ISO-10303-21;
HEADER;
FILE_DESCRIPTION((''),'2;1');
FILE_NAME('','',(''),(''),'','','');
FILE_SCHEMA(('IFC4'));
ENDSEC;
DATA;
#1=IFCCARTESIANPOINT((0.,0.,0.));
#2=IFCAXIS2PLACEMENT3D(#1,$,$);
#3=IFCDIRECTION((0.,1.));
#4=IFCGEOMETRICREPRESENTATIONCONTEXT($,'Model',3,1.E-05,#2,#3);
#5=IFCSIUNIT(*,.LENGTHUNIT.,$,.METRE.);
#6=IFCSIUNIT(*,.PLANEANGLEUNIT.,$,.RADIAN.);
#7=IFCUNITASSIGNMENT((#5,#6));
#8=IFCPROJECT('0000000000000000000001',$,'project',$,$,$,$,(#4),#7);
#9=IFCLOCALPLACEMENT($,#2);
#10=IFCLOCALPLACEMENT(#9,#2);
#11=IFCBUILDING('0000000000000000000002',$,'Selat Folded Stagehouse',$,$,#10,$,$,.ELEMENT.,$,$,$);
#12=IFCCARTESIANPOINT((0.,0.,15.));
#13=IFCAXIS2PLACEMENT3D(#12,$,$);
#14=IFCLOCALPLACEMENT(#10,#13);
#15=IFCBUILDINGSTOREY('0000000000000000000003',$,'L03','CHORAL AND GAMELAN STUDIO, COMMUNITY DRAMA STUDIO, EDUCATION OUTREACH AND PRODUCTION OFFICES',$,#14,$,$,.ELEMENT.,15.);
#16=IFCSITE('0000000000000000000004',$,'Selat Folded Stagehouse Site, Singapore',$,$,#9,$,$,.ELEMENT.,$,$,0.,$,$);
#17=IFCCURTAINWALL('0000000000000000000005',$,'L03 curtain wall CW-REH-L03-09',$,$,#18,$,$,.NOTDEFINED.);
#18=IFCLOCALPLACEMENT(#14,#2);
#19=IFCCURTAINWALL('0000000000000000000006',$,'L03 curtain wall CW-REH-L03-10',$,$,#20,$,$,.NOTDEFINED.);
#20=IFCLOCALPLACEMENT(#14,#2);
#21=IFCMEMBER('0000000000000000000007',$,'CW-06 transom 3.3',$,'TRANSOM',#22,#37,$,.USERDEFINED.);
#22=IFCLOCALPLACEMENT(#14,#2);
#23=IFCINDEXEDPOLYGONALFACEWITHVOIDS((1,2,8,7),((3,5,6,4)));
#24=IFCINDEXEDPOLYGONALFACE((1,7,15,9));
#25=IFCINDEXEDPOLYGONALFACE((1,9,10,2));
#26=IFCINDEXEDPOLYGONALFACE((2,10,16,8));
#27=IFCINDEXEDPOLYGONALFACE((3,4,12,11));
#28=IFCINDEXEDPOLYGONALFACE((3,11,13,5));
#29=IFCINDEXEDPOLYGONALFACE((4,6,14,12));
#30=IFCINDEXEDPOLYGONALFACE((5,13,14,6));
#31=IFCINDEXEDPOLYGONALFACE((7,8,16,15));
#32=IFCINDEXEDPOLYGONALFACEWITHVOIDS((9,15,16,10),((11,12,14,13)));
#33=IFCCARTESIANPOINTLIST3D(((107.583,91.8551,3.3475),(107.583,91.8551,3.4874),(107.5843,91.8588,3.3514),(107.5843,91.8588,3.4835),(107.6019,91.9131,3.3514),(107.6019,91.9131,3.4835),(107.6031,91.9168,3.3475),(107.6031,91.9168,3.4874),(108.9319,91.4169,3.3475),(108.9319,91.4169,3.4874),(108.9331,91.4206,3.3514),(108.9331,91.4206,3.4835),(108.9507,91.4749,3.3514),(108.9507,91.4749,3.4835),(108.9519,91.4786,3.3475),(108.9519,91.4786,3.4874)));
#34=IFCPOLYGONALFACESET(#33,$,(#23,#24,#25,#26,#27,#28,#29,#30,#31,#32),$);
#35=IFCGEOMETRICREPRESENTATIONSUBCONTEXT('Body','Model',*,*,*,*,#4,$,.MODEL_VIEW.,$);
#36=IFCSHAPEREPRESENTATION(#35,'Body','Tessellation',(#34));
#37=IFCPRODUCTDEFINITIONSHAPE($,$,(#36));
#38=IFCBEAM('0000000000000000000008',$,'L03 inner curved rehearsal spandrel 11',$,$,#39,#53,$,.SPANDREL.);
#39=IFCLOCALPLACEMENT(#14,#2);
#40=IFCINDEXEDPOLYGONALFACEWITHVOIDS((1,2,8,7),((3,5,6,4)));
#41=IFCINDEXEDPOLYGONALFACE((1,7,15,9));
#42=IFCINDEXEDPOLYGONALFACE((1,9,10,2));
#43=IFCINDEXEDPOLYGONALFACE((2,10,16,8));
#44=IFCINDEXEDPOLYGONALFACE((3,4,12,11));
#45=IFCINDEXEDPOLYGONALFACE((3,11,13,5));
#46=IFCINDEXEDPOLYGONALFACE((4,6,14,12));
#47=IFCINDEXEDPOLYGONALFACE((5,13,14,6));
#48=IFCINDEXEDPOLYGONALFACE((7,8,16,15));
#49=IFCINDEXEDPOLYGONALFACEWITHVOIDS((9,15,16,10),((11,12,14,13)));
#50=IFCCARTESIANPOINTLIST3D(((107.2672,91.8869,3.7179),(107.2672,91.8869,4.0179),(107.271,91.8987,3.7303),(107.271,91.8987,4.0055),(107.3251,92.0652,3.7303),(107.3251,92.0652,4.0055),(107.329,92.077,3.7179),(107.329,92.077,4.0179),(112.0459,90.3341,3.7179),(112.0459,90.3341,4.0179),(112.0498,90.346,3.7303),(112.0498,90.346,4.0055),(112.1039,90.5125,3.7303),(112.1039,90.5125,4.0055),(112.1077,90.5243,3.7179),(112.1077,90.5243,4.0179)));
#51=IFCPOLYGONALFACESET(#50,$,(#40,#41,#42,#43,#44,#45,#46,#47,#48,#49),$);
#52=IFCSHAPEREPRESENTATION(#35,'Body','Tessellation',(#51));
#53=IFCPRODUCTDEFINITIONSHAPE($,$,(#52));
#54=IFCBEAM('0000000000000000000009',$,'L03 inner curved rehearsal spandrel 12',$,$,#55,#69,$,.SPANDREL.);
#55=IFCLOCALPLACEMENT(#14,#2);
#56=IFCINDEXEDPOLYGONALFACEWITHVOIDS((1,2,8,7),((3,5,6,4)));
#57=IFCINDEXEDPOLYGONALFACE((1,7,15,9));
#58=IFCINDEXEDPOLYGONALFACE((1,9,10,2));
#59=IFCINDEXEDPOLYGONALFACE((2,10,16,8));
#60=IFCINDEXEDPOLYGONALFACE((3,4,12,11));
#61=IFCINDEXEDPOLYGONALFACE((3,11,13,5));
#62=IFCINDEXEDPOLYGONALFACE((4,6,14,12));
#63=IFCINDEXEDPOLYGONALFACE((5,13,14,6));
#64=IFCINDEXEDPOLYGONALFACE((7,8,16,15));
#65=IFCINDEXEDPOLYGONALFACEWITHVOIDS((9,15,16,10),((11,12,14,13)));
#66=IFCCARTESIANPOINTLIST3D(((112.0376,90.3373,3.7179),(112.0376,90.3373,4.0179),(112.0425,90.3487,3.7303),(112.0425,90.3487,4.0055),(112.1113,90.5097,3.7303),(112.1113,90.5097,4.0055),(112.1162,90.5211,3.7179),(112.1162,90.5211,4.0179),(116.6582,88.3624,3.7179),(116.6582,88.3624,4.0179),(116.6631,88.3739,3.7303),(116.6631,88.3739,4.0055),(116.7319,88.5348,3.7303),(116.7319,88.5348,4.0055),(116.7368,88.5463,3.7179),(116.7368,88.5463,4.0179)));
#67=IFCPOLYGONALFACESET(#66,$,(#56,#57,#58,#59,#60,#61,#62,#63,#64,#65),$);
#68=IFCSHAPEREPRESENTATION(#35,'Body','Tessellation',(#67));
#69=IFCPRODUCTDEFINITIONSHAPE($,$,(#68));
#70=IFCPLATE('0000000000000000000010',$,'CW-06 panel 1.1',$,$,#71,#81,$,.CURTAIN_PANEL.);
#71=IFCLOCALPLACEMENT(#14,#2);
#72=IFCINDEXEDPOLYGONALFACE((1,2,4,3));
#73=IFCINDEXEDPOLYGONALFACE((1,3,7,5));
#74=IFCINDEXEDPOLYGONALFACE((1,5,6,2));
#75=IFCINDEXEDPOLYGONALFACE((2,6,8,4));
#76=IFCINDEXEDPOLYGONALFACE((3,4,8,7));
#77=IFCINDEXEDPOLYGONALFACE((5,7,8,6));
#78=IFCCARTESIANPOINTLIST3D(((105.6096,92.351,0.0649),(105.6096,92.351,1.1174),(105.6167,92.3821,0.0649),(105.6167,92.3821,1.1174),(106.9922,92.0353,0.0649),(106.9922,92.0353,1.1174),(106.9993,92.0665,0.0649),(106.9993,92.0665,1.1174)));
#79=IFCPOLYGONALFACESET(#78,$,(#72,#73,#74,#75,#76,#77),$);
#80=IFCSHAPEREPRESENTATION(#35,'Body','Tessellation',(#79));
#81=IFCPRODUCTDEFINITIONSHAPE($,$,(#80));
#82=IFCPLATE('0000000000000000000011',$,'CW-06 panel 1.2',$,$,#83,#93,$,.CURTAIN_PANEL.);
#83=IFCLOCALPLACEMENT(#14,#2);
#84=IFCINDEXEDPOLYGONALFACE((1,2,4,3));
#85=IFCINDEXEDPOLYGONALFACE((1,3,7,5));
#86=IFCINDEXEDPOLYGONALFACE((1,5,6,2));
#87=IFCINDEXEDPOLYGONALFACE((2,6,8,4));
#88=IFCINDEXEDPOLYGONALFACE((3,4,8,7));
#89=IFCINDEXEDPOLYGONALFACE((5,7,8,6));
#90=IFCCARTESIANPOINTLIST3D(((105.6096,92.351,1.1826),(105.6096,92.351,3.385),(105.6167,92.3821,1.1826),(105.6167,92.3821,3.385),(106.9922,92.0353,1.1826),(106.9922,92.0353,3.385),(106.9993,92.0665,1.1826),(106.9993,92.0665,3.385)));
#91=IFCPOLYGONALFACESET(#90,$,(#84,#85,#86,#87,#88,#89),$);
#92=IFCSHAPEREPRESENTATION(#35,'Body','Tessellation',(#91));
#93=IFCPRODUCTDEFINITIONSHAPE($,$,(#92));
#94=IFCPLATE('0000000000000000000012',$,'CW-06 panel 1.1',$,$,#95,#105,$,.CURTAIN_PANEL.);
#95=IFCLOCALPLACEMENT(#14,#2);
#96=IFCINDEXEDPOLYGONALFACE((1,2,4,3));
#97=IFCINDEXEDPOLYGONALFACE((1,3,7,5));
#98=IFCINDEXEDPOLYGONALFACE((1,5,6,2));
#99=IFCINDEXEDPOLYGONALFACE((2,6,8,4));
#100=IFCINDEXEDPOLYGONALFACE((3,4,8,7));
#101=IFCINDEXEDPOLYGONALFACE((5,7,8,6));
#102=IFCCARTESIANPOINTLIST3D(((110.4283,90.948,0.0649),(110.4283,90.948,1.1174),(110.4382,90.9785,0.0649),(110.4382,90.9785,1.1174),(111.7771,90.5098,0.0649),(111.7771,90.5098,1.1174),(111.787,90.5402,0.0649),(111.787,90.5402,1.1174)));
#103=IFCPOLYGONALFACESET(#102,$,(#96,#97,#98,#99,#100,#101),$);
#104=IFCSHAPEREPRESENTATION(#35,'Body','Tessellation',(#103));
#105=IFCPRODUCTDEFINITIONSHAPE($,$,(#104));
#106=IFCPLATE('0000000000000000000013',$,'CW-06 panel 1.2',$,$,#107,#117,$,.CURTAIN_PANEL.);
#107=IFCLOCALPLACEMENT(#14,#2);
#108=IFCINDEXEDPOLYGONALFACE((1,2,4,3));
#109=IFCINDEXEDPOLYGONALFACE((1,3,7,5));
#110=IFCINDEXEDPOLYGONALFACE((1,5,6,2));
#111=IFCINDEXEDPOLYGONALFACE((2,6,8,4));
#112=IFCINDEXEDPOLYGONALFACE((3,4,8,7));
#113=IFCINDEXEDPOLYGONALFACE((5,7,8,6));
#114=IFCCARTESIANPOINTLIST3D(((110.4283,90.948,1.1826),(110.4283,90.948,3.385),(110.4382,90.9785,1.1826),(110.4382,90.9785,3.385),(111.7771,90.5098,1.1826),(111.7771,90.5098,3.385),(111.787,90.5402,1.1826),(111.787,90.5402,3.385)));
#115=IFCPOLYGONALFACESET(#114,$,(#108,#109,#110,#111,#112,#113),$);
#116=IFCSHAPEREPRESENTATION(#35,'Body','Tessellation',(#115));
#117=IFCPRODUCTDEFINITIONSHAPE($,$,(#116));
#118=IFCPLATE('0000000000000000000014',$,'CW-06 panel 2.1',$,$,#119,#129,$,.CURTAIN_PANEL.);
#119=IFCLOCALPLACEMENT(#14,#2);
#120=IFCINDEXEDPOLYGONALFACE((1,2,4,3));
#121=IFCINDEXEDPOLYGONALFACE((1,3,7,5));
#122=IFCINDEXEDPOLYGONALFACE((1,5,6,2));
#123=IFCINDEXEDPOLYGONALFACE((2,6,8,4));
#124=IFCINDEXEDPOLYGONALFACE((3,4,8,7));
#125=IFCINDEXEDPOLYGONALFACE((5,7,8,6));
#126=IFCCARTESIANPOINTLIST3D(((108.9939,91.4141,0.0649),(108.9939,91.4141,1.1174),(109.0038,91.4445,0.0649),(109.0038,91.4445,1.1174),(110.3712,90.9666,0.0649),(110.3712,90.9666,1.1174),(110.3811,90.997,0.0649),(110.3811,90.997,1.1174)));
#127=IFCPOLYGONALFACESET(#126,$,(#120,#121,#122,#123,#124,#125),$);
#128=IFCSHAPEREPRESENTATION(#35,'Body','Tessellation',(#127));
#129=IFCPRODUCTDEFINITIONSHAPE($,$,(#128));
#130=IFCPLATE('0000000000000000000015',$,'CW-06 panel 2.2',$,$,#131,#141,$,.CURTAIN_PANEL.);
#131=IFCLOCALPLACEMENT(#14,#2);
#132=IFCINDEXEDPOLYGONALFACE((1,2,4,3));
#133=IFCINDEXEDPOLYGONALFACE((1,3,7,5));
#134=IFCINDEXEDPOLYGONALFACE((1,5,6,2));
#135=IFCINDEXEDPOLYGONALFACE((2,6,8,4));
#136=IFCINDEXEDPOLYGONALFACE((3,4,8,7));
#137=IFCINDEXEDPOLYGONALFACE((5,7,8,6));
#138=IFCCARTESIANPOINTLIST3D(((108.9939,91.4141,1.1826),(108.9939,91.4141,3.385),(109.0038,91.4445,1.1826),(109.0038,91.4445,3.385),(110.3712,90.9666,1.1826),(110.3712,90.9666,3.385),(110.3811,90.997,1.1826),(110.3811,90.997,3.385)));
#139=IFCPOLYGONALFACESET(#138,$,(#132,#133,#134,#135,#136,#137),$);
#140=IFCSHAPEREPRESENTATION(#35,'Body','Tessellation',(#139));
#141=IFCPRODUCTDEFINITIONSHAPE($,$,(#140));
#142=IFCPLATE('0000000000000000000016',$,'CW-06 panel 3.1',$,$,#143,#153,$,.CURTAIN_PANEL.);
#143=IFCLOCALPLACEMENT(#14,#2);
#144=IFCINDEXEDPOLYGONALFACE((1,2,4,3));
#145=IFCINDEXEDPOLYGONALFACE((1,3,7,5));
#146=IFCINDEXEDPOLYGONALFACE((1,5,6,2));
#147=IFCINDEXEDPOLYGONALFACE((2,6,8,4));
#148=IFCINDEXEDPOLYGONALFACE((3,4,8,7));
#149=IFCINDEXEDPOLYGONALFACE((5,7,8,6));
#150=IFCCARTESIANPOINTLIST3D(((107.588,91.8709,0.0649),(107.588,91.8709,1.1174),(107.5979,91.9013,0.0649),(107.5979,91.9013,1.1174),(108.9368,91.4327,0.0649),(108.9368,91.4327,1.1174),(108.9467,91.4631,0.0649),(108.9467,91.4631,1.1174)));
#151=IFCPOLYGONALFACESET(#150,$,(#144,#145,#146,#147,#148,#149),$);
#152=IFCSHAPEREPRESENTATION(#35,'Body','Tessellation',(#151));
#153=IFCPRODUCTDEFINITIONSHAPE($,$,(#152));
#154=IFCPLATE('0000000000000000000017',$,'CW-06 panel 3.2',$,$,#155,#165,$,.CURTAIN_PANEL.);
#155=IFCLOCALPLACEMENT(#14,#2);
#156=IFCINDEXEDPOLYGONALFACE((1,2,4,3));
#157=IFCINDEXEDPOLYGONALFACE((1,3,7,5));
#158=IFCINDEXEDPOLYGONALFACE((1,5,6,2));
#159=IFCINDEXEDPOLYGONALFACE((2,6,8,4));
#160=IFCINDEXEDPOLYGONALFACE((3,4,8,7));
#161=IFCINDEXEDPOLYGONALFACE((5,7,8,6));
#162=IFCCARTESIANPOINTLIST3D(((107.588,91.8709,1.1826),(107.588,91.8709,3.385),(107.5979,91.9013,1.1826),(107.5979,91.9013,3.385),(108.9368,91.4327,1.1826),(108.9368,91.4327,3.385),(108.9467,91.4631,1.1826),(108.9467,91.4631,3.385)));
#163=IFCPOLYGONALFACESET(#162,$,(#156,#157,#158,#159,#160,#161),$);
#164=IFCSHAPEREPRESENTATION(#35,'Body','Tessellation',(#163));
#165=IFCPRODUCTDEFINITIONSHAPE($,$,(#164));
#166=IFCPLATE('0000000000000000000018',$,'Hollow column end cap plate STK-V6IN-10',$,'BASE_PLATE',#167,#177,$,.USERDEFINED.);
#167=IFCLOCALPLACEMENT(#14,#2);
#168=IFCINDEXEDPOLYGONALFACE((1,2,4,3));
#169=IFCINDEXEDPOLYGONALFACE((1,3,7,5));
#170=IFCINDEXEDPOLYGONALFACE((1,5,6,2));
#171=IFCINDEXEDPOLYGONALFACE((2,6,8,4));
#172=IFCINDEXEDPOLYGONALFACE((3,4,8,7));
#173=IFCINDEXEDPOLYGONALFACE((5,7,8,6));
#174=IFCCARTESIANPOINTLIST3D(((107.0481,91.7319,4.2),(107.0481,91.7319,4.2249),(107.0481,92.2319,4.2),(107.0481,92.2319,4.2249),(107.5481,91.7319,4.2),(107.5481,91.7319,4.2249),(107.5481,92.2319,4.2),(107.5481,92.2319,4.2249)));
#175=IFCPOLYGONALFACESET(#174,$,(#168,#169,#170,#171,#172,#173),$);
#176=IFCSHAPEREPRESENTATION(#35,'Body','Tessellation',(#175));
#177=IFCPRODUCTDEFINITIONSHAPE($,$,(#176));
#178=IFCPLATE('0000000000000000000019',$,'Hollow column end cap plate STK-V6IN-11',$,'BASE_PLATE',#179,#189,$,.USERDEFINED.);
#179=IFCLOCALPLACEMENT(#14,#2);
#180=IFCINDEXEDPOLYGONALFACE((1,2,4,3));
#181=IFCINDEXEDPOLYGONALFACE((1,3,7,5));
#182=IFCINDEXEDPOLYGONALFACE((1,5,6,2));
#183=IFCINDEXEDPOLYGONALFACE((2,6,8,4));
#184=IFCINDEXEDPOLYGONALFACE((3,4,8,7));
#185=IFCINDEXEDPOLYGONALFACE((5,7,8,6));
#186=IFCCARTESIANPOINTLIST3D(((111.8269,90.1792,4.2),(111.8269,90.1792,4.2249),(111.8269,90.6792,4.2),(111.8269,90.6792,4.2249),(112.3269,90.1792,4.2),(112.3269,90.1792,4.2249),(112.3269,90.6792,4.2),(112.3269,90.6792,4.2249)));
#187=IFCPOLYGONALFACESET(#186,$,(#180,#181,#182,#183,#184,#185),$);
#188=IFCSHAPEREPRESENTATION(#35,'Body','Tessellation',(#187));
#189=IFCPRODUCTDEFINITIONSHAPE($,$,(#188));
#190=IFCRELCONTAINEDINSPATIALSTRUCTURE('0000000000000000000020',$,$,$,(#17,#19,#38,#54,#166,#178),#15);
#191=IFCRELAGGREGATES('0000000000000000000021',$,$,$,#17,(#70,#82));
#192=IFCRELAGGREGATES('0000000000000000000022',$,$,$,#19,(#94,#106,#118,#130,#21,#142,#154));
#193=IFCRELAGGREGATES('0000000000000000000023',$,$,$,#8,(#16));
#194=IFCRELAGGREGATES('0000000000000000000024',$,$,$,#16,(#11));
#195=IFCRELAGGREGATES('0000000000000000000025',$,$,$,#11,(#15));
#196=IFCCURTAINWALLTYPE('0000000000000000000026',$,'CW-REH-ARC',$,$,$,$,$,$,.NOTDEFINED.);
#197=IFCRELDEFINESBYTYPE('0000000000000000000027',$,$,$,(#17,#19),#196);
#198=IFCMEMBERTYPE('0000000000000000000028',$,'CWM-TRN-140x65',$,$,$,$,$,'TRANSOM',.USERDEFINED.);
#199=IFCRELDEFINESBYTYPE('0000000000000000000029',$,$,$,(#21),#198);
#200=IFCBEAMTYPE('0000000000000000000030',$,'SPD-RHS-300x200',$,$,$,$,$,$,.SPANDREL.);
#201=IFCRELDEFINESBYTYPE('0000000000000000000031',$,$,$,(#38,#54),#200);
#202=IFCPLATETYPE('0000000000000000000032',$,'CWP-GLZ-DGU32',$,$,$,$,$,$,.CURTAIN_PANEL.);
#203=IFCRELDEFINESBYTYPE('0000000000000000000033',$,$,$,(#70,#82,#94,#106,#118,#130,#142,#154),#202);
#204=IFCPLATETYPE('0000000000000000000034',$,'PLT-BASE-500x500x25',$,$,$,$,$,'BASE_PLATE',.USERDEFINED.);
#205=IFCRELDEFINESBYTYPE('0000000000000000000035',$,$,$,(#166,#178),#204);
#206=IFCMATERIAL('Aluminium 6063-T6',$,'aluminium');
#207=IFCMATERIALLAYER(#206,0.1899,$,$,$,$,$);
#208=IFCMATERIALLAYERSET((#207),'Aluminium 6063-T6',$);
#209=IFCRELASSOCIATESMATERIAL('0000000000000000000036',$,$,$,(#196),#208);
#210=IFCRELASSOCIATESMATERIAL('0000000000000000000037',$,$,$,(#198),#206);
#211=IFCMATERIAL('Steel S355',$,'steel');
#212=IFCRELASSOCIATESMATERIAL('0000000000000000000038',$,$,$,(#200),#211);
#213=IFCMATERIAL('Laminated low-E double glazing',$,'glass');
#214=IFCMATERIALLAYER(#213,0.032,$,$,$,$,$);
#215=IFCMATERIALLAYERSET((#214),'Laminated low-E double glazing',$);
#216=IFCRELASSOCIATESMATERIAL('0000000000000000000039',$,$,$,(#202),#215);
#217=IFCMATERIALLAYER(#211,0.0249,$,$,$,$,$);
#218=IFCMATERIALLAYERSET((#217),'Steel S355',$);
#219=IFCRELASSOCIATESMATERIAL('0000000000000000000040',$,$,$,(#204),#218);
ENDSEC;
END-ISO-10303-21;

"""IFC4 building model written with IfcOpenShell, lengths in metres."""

from ifc_helpers import new_model, si_unit, direction, frame, origin, origin_2d, place, context, subcontext, project, spatial, rectangle, hollow_rectangle, extrude, material, layer, layer_set, material_profile, profile_set, type_object, element, aggregate, save


model = new_model("IFC4")

# Units and contexts
model_context = context("Model", 3, precision=1e-05, world=origin(), true_north=direction((0.0, 1.0)))
body_context = subcontext(model_context, "Body", "Model", "MODEL_VIEW")
ifc_project = project(units=[si_unit("LENGTHUNIT", "METRE"), si_unit("PLANEANGLEUNIT", "RADIAN")], contexts=[model_context])

# Site, building, storey
site_placement = place(None, origin())
site = spatial("IfcSite", under=ifc_project, at=site_placement, Name="Selat Folded Stagehouse Site, Singapore", CompositionType="ELEMENT", RefElevation=0.0)
building_placement = place(site_placement, origin())
building = spatial("IfcBuilding", under=site, at=building_placement, Name="Selat Folded Stagehouse", CompositionType="ELEMENT")
storey_placement = place(building_placement, frame((0.0, 0.0, 15.0)))
storey = spatial("IfcBuildingStorey", under=building, at=storey_placement, Name="L03", Description="CHORAL AND GAMELAN STUDIO, COMMUNITY DRAMA STUDIO, EDUCATION OUTREACH AND PRODUCTION OFFICES", CompositionType="ELEMENT", Elevation=15.0)

# Shared definitions
ifc_material_1 = material(Name="Steel S355", Category="steel")

# Curtain walls
ifc_material_2 = material(Name="Aluminium 6063-T6", Category="aluminium")
ifc_layer_1 = layer(ifc_material_2, 0.1899)
ifc_layer_set_1 = layer_set([ifc_layer_1], Name="Aluminium 6063-T6")
curtain_wall_type = type_object("IfcCurtainWallType", Name="CW-REH-ARC", PredefinedType="NOTDEFINED", material=ifc_layer_set_1)
curtain_wall_1_placement = place(storey_placement, origin())
curtain_wall_1 = element("IfcCurtainWall", 1, at=curtain_wall_1_placement, inside=storey, type_object=curtain_wall_type, Name="L03 curtain wall CW-REH-L03-09", PredefinedType="NOTDEFINED")
curtain_wall_2_placement = place(storey_placement, origin())
curtain_wall_2 = element("IfcCurtainWall", 2, at=curtain_wall_2_placement, inside=storey, type_object=curtain_wall_type, Name="L03 curtain wall CW-REH-L03-10", PredefinedType="NOTDEFINED")

# Member
ifc_material_profile_1 = material_profile(ifc_material_2, hollow_rectangle(XDim=0.0649, YDim=0.1399, WallThickness=0.0039, at=origin_2d()), Name="ALU 140x65x4.0")
ifc_profile_set_1 = profile_set([ifc_material_profile_1], Name="Aluminium 6063-T6")
member_type_1 = type_object("IfcMemberType", Name="CWM-TRN-140x65", ElementType="TRANSOM", PredefinedType="USERDEFINED", material=ifc_profile_set_1)
member_1_placement = place(storey_placement, frame((108.9419, 91.4478, 3.4175), z_axis=(-0.951066, 0.308989, 0.0), x_axis=(-0.308989, -0.951066, 0.0)))
member_1 = element("IfcMember", 3, at=member_1_placement, type_object=member_type_1, Name="CW-06 transom 3.3", ObjectType="TRANSOM", PredefinedType="USERDEFINED", context=body_context, shape_type="SweptSolid", body=[
    extrude(hollow_rectangle(XDim=0.0649, YDim=0.1399, WallThickness=0.0039, at=origin_2d()), origin(), (0.0, 0.0, 1.0), 1.4182),
])

# Beams
ifc_material_profile_2 = material_profile(ifc_material_1, hollow_rectangle(XDim=0.2, YDim=0.3, WallThickness=0.0125, at=origin_2d()), Name="RHS 300x200x12.5")
ifc_profile_set_2 = profile_set([ifc_material_profile_2], Name="Steel S355")
beam_type_1 = type_object("IfcBeamType", Name="SPD-RHS-300x200", PredefinedType="SPANDREL", material=ifc_profile_set_2)
beam_1_placement = place(storey_placement, frame((107.2981, 91.9819, 3.8679), z_axis=(0.951056, -0.309018, 0.0), x_axis=(0.309018, 0.951056, 0.0)))
element("IfcBeam", 4, at=beam_1_placement, inside=storey, type_object=beam_type_1, Name="L03 inner curved rehearsal spandrel 11", PredefinedType="SPANDREL", context=body_context, shape_type="SweptSolid", body=[
    extrude(hollow_rectangle(XDim=0.2, YDim=0.3, WallThickness=0.0125, at=origin_2d()), origin(), (0.0, 0.0, 1.0), 5.0247),
])
beam_2_placement = place(storey_placement, frame((112.0769, 90.4292, 3.8679), z_axis=(0.919534, -0.39301, 0.0), x_axis=(0.39301, 0.919534, 0.0)))
element("IfcBeam", 5, at=beam_2_placement, inside=storey, type_object=beam_type_1, Name="L03 inner curved rehearsal spandrel 12", PredefinedType="SPANDREL", context=body_context, shape_type="SweptSolid", body=[
    extrude(hollow_rectangle(XDim=0.2, YDim=0.3, WallThickness=0.0125, at=origin_2d()), origin(), (0.0, 0.0, 1.0), 5.0249),
])

# Plates
ifc_material_3 = material(Name="Laminated low-E double glazing", Category="glass")
ifc_layer_2 = layer(ifc_material_3, 0.032)
ifc_layer_set_2 = layer_set([ifc_layer_2], Name="Laminated low-E double glazing")
plate_type_1 = type_object("IfcPlateType", Name="CWP-GLZ-DGU32", PredefinedType="CURTAIN_PANEL", material=ifc_layer_set_2)
plate_1_placement = place(storey_placement, frame((106.3044, 92.2087, 0.0649), z_axis=(0.0, 0.0, 1.0), x_axis=(-0.974923, 0.222543, 0.0)))
plate_1 = element("IfcPlate", 6, at=plate_1_placement, type_object=plate_type_1, Name="CW-06 panel 1.1", PredefinedType="CURTAIN_PANEL", context=body_context, shape_type="SweptSolid", body=[
    extrude(rectangle(XDim=1.4182, YDim=0.032, at=origin_2d()), origin(), (0.0, 0.0, 1.0), 1.0525),
])
plate_2_placement = place(storey_placement, frame((106.3044, 92.2087, 1.1826), z_axis=(0.0, 0.0, 1.0), x_axis=(-0.974923, 0.222543, 0.0)))
plate_2 = element("IfcPlate", 7, at=plate_2_placement, type_object=plate_type_1, Name="CW-06 panel 1.2", PredefinedType="CURTAIN_PANEL", context=body_context, shape_type="SweptSolid", body=[
    extrude(rectangle(XDim=1.4182, YDim=0.032, at=origin_2d()), origin(), (0.0, 0.0, 1.0), 2.2024),
])
aggregate(curtain_wall_1, [plate_1, plate_2])
plate_3_placement = place(storey_placement, frame((111.1077, 90.7441, 0.0649), z_axis=(0.0, 0.0, 1.0), x_axis=(-0.951065, 0.308992, 0.0)))
plate_3 = element("IfcPlate", 8, at=plate_3_placement, type_object=plate_type_1, Name="CW-06 panel 1.1", PredefinedType="CURTAIN_PANEL", context=body_context, shape_type="SweptSolid", body=[
    extrude(rectangle(XDim=1.4182, YDim=0.032, at=origin_2d()), origin(), (0.0, 0.0, 1.0), 1.0525),
])
plate_4_placement = place(storey_placement, frame((111.1077, 90.7441, 1.1826), z_axis=(0.0, 0.0, 1.0), x_axis=(-0.951065, 0.308992, 0.0)))
plate_4 = element("IfcPlate", 9, at=plate_4_placement, type_object=plate_type_1, Name="CW-06 panel 1.2", PredefinedType="CURTAIN_PANEL", context=body_context, shape_type="SweptSolid", body=[
    extrude(rectangle(XDim=1.4182, YDim=0.032, at=origin_2d()), origin(), (0.0, 0.0, 1.0), 2.2024),
])
plate_5_placement = place(storey_placement, frame((109.6875, 91.2056, 0.0649), z_axis=(0.0, 0.0, 1.0), x_axis=(-0.951065, 0.308992, 0.0)))
plate_5 = element("IfcPlate", 10, at=plate_5_placement, type_object=plate_type_1, Name="CW-06 panel 2.1", PredefinedType="CURTAIN_PANEL", context=body_context, shape_type="SweptSolid", body=[
    extrude(rectangle(XDim=1.4482, YDim=0.032, at=origin_2d()), origin(), (0.0, 0.0, 1.0), 1.0525),
])
plate_6_placement = place(storey_placement, frame((109.6875, 91.2056, 1.1826), z_axis=(0.0, 0.0, 1.0), x_axis=(-0.951065, 0.308992, 0.0)))
plate_6 = element("IfcPlate", 11, at=plate_6_placement, type_object=plate_type_1, Name="CW-06 panel 2.2", PredefinedType="CURTAIN_PANEL", context=body_context, shape_type="SweptSolid", body=[
    extrude(rectangle(XDim=1.4482, YDim=0.032, at=origin_2d()), origin(), (0.0, 0.0, 1.0), 2.2024),
])
plate_7_placement = place(storey_placement, frame((108.2673, 91.667, 0.0649), z_axis=(0.0, 0.0, 1.0), x_axis=(-0.951065, 0.308992, 0.0)))
plate_7 = element("IfcPlate", 12, at=plate_7_placement, type_object=plate_type_1, Name="CW-06 panel 3.1", PredefinedType="CURTAIN_PANEL", context=body_context, shape_type="SweptSolid", body=[
    extrude(rectangle(XDim=1.4182, YDim=0.032, at=origin_2d()), origin(), (0.0, 0.0, 1.0), 1.0525),
])
plate_8_placement = place(storey_placement, frame((108.2673, 91.667, 1.1826), z_axis=(0.0, 0.0, 1.0), x_axis=(-0.951065, 0.308992, 0.0)))
plate_8 = element("IfcPlate", 13, at=plate_8_placement, type_object=plate_type_1, Name="CW-06 panel 3.2", PredefinedType="CURTAIN_PANEL", context=body_context, shape_type="SweptSolid", body=[
    extrude(rectangle(XDim=1.4182, YDim=0.032, at=origin_2d()), origin(), (0.0, 0.0, 1.0), 2.2024),
])
aggregate(curtain_wall_2, [plate_3, plate_4, plate_5, plate_6, member_1, plate_7, plate_8])

# Plates
ifc_layer_3 = layer(ifc_material_1, 0.0249)
ifc_layer_set_3 = layer_set([ifc_layer_3], Name="Steel S355")
plate_type_2 = type_object("IfcPlateType", Name="PLT-BASE-500x500x25", ElementType="BASE_PLATE", PredefinedType="USERDEFINED", material=ifc_layer_set_3)
for number, where, z_axis, x_axis, name in (
    (14, (107.2981, 91.9819, 4.2), (0.0, 0.0, 1.0), (1.0, 0.0, 0.0), "Hollow column end cap plate STK-V6IN-10"),
    (15, (112.0769, 90.4292, 4.2), (0.0, 0.0, 1.0), (1.0, 0.0, 0.0), "Hollow column end cap plate STK-V6IN-11"),
):
    element("IfcPlate", number, at=place(storey_placement, frame(where, z_axis=z_axis, x_axis=x_axis)), inside=storey, type_object=plate_type_2, Name=name, ObjectType="BASE_PLATE", PredefinedType="USERDEFINED", context=body_context, shape_type="SweptSolid", body=[
        extrude(rectangle(XDim=0.5, YDim=0.5, at=origin_2d()), origin(), (0.0, 0.0, 1.0), 0.0249),
    ])

save(model, "model.ifc")
